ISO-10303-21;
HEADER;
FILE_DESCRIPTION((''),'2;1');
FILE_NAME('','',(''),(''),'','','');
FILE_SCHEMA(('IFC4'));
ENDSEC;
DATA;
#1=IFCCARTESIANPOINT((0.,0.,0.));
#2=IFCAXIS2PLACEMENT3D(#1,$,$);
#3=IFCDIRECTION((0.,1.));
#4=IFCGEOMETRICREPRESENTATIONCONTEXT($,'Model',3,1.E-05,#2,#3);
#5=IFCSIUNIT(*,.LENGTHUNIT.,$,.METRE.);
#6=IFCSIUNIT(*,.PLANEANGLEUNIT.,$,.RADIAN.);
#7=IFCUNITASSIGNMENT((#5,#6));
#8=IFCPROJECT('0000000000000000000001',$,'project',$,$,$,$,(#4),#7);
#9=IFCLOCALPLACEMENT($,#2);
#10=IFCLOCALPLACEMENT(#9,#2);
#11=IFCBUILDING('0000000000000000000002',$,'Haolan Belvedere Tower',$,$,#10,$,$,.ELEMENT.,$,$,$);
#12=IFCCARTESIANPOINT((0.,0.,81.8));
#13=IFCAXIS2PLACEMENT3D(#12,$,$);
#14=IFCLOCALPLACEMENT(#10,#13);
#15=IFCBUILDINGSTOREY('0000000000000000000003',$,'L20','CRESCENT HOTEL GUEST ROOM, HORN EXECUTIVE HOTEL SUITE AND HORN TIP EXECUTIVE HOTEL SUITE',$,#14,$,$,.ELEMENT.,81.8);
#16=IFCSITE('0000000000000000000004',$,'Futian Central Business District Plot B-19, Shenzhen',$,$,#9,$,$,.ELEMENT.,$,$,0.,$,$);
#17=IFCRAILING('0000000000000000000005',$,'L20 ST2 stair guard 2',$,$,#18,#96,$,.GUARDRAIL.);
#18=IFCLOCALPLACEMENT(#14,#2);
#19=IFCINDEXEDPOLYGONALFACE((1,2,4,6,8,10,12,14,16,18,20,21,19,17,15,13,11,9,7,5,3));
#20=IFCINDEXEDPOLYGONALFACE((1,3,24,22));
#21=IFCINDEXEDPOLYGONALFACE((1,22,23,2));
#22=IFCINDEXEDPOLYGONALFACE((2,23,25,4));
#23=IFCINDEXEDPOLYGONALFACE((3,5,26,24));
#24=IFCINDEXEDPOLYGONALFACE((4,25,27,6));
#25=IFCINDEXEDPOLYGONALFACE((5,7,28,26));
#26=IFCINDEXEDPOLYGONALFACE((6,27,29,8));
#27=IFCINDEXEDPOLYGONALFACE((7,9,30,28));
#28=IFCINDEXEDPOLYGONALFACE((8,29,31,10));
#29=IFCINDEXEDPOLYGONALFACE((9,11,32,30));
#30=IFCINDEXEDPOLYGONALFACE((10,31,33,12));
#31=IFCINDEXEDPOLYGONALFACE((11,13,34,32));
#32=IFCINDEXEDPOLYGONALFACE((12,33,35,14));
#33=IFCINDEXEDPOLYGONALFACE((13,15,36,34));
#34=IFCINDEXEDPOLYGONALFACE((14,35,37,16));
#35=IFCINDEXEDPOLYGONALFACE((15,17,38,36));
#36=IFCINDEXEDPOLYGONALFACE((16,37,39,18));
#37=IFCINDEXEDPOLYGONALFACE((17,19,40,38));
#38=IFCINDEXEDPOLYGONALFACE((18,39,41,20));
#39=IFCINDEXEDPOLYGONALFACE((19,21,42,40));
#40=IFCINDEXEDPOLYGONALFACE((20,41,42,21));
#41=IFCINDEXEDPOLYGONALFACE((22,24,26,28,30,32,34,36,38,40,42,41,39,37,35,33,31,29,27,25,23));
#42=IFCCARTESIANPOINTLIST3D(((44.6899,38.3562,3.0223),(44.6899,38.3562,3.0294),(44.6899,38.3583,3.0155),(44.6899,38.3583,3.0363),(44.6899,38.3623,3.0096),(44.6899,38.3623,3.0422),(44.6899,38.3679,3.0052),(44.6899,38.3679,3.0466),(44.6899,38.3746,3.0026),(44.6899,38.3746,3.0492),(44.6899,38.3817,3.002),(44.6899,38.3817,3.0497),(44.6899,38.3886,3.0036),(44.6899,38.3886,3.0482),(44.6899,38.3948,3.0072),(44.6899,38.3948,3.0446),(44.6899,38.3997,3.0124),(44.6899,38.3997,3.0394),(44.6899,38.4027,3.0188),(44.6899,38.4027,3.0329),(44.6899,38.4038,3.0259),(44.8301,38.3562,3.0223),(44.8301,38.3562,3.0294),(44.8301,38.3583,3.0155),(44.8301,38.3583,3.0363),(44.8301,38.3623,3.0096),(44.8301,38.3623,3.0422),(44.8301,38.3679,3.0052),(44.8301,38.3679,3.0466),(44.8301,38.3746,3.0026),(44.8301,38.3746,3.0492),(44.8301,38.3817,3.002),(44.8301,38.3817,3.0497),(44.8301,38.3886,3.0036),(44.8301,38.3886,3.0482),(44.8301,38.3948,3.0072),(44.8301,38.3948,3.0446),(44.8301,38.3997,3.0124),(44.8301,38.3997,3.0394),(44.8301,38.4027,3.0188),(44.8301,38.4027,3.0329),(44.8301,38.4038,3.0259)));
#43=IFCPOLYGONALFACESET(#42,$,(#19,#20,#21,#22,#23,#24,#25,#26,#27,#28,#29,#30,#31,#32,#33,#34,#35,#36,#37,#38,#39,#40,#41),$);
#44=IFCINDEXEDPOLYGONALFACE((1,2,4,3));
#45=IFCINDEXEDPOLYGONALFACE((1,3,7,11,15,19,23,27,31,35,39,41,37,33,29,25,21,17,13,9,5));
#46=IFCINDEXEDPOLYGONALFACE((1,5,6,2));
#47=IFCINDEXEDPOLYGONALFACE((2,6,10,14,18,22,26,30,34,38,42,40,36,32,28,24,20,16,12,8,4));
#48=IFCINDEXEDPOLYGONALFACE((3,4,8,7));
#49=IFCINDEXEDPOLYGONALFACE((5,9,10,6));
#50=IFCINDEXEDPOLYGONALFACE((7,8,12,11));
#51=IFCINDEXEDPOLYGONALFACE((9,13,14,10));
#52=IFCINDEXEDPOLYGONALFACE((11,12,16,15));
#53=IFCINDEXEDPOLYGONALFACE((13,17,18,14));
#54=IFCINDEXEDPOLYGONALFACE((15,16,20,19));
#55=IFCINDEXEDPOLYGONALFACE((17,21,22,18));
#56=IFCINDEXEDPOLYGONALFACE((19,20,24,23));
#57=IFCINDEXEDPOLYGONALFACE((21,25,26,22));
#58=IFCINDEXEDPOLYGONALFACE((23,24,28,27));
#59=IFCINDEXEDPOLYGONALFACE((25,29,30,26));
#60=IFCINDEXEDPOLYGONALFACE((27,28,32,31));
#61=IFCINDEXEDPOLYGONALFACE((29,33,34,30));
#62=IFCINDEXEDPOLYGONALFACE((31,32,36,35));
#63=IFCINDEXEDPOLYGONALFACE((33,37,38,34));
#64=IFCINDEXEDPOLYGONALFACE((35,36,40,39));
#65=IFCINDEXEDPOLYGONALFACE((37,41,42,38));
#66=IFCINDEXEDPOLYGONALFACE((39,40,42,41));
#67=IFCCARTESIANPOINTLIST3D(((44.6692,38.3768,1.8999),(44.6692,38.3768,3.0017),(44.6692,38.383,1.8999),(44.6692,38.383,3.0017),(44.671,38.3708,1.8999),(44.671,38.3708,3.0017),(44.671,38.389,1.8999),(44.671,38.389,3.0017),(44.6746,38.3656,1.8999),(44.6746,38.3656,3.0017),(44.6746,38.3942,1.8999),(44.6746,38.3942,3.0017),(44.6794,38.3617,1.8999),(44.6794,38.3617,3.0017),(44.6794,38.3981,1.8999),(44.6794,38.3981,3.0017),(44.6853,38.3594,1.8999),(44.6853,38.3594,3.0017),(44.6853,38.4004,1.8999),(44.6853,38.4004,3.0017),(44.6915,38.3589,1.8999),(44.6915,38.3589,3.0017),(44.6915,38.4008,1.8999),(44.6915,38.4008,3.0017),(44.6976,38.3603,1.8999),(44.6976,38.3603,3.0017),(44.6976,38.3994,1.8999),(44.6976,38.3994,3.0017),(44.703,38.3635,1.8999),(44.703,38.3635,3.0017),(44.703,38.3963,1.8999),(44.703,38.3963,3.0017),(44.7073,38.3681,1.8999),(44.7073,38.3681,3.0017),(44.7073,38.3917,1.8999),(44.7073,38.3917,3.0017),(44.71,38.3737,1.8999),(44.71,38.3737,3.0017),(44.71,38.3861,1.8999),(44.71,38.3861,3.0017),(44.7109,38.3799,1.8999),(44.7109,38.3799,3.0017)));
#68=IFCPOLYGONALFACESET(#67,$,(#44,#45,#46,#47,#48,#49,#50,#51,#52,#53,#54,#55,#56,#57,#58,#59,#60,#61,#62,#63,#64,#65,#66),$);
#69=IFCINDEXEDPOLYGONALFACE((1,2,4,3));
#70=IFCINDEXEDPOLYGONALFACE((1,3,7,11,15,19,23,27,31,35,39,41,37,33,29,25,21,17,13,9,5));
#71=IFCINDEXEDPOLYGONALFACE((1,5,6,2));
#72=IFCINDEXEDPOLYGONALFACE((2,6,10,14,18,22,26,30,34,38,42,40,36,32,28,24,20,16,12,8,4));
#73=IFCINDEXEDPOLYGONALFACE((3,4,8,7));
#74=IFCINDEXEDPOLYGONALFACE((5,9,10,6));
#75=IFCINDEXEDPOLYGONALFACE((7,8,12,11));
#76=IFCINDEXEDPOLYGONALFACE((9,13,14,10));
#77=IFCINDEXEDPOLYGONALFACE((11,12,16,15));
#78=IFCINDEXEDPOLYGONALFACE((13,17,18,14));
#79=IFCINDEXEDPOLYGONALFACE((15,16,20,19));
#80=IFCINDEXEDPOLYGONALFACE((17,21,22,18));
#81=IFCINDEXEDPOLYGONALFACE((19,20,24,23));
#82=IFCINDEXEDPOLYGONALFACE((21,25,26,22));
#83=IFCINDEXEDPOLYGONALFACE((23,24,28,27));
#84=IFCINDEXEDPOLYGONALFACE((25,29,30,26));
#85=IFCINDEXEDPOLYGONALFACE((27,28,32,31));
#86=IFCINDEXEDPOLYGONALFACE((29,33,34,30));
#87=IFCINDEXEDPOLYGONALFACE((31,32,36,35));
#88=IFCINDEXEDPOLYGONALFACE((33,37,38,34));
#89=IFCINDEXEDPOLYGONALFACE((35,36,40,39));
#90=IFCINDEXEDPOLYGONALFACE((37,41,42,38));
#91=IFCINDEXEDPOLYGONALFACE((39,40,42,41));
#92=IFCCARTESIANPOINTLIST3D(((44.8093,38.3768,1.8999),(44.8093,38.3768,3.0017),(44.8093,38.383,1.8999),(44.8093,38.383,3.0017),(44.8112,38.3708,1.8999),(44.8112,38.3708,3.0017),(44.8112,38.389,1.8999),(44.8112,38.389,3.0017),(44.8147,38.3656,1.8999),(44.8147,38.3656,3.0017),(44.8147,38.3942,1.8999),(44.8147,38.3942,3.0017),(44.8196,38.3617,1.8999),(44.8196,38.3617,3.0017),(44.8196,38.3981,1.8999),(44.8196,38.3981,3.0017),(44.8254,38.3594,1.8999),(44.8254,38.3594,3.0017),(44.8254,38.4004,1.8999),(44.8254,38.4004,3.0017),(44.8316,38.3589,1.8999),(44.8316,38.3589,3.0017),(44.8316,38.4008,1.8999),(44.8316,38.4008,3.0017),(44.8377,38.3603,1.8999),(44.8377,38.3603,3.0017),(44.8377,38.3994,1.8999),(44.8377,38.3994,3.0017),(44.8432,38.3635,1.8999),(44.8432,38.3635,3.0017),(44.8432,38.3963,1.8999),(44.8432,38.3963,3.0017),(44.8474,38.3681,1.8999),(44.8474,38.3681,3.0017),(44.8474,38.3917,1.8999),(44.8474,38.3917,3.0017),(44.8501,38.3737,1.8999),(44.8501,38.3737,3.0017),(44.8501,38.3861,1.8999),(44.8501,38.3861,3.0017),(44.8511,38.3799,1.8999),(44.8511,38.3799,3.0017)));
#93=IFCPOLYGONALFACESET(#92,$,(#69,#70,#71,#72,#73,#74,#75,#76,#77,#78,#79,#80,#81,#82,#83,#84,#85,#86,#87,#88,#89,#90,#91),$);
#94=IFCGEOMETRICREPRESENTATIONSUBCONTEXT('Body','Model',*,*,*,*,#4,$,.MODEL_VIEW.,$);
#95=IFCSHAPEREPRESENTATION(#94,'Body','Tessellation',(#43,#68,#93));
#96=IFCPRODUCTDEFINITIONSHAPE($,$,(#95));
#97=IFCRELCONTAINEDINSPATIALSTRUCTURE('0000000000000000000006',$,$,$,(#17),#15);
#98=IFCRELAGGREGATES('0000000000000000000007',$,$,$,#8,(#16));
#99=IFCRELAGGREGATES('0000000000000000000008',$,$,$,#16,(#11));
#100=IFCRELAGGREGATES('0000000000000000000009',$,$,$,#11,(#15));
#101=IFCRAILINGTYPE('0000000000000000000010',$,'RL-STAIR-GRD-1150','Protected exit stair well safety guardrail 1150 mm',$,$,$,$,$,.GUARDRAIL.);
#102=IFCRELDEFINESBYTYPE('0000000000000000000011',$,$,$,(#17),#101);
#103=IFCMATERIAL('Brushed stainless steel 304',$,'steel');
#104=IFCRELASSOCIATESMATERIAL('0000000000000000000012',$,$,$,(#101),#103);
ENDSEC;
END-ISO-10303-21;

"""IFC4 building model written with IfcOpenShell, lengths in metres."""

from ifc_helpers import new_model, si_unit, direction, frame, origin, origin_2d, place, context, subcontext, project, spatial, circle, extrude, material, type_object, element, save


model = new_model("IFC4")

# Units and contexts
model_context = context("Model", 3, precision=1e-05, world=origin(), true_north=direction((0.0, 1.0)))
body_context = subcontext(model_context, "Body", "Model", "MODEL_VIEW")
ifc_project = project(units=[si_unit("LENGTHUNIT", "METRE"), si_unit("PLANEANGLEUNIT", "RADIAN")], contexts=[model_context])

# Site, building, storey
site_placement = place(None, origin())
site = spatial("IfcSite", under=ifc_project, at=site_placement, Name="Futian Central Business District Plot B-19, Shenzhen", CompositionType="ELEMENT", RefElevation=0.0)
building_placement = place(site_placement, origin())
building = spatial("IfcBuilding", under=site, at=building_placement, Name="Haolan Belvedere Tower", CompositionType="ELEMENT")
storey_placement = place(building_placement, frame((0.0, 0.0, 81.8)))
storey = spatial("IfcBuildingStorey", under=building, at=storey_placement, Name="L20", Description="CRESCENT HOTEL GUEST ROOM, HORN EXECUTIVE HOTEL SUITE AND HORN TIP EXECUTIVE HOTEL SUITE", CompositionType="ELEMENT", Elevation=81.8)

# Railing
ifc_material_1 = material(Name="Brushed stainless steel 304", Category="steel")
railing_type_1 = type_object("IfcRailingType", Name="RL-STAIR-GRD-1150", Description="Protected exit stair well safety guardrail 1150 mm", PredefinedType="GUARDRAIL", material=ifc_material_1)
railing_1_placement = place(storey_placement, frame((44.6899, 38.3799, 1.8999)))
element("IfcRailing", 1, at=railing_1_placement, inside=storey, type_object=railing_type_1, Name="L20 ST2 stair guard 2", PredefinedType="GUARDRAIL", context=body_context, shape_type="SweptSolid", body=[
    extrude(circle(Radius=0.0239, at=origin_2d()), frame((0.0, 0.0, 1.126), z_axis=(1.0, 0.0, 0.0), x_axis=(0.0, 1.0, 0.0)), (0.0, 0.0, 1.0), 0.1401),
    extrude(circle(Radius=0.021, at=origin_2d()), origin(), (0.0, 0.0, 1.0), 1.1018),
    extrude(circle(Radius=0.021, at=origin_2d()), frame((0.1401, 0.0, 0.0)), (0.0, 0.0, 1.0), 1.1018),
])

save(model, "model.ifc")
